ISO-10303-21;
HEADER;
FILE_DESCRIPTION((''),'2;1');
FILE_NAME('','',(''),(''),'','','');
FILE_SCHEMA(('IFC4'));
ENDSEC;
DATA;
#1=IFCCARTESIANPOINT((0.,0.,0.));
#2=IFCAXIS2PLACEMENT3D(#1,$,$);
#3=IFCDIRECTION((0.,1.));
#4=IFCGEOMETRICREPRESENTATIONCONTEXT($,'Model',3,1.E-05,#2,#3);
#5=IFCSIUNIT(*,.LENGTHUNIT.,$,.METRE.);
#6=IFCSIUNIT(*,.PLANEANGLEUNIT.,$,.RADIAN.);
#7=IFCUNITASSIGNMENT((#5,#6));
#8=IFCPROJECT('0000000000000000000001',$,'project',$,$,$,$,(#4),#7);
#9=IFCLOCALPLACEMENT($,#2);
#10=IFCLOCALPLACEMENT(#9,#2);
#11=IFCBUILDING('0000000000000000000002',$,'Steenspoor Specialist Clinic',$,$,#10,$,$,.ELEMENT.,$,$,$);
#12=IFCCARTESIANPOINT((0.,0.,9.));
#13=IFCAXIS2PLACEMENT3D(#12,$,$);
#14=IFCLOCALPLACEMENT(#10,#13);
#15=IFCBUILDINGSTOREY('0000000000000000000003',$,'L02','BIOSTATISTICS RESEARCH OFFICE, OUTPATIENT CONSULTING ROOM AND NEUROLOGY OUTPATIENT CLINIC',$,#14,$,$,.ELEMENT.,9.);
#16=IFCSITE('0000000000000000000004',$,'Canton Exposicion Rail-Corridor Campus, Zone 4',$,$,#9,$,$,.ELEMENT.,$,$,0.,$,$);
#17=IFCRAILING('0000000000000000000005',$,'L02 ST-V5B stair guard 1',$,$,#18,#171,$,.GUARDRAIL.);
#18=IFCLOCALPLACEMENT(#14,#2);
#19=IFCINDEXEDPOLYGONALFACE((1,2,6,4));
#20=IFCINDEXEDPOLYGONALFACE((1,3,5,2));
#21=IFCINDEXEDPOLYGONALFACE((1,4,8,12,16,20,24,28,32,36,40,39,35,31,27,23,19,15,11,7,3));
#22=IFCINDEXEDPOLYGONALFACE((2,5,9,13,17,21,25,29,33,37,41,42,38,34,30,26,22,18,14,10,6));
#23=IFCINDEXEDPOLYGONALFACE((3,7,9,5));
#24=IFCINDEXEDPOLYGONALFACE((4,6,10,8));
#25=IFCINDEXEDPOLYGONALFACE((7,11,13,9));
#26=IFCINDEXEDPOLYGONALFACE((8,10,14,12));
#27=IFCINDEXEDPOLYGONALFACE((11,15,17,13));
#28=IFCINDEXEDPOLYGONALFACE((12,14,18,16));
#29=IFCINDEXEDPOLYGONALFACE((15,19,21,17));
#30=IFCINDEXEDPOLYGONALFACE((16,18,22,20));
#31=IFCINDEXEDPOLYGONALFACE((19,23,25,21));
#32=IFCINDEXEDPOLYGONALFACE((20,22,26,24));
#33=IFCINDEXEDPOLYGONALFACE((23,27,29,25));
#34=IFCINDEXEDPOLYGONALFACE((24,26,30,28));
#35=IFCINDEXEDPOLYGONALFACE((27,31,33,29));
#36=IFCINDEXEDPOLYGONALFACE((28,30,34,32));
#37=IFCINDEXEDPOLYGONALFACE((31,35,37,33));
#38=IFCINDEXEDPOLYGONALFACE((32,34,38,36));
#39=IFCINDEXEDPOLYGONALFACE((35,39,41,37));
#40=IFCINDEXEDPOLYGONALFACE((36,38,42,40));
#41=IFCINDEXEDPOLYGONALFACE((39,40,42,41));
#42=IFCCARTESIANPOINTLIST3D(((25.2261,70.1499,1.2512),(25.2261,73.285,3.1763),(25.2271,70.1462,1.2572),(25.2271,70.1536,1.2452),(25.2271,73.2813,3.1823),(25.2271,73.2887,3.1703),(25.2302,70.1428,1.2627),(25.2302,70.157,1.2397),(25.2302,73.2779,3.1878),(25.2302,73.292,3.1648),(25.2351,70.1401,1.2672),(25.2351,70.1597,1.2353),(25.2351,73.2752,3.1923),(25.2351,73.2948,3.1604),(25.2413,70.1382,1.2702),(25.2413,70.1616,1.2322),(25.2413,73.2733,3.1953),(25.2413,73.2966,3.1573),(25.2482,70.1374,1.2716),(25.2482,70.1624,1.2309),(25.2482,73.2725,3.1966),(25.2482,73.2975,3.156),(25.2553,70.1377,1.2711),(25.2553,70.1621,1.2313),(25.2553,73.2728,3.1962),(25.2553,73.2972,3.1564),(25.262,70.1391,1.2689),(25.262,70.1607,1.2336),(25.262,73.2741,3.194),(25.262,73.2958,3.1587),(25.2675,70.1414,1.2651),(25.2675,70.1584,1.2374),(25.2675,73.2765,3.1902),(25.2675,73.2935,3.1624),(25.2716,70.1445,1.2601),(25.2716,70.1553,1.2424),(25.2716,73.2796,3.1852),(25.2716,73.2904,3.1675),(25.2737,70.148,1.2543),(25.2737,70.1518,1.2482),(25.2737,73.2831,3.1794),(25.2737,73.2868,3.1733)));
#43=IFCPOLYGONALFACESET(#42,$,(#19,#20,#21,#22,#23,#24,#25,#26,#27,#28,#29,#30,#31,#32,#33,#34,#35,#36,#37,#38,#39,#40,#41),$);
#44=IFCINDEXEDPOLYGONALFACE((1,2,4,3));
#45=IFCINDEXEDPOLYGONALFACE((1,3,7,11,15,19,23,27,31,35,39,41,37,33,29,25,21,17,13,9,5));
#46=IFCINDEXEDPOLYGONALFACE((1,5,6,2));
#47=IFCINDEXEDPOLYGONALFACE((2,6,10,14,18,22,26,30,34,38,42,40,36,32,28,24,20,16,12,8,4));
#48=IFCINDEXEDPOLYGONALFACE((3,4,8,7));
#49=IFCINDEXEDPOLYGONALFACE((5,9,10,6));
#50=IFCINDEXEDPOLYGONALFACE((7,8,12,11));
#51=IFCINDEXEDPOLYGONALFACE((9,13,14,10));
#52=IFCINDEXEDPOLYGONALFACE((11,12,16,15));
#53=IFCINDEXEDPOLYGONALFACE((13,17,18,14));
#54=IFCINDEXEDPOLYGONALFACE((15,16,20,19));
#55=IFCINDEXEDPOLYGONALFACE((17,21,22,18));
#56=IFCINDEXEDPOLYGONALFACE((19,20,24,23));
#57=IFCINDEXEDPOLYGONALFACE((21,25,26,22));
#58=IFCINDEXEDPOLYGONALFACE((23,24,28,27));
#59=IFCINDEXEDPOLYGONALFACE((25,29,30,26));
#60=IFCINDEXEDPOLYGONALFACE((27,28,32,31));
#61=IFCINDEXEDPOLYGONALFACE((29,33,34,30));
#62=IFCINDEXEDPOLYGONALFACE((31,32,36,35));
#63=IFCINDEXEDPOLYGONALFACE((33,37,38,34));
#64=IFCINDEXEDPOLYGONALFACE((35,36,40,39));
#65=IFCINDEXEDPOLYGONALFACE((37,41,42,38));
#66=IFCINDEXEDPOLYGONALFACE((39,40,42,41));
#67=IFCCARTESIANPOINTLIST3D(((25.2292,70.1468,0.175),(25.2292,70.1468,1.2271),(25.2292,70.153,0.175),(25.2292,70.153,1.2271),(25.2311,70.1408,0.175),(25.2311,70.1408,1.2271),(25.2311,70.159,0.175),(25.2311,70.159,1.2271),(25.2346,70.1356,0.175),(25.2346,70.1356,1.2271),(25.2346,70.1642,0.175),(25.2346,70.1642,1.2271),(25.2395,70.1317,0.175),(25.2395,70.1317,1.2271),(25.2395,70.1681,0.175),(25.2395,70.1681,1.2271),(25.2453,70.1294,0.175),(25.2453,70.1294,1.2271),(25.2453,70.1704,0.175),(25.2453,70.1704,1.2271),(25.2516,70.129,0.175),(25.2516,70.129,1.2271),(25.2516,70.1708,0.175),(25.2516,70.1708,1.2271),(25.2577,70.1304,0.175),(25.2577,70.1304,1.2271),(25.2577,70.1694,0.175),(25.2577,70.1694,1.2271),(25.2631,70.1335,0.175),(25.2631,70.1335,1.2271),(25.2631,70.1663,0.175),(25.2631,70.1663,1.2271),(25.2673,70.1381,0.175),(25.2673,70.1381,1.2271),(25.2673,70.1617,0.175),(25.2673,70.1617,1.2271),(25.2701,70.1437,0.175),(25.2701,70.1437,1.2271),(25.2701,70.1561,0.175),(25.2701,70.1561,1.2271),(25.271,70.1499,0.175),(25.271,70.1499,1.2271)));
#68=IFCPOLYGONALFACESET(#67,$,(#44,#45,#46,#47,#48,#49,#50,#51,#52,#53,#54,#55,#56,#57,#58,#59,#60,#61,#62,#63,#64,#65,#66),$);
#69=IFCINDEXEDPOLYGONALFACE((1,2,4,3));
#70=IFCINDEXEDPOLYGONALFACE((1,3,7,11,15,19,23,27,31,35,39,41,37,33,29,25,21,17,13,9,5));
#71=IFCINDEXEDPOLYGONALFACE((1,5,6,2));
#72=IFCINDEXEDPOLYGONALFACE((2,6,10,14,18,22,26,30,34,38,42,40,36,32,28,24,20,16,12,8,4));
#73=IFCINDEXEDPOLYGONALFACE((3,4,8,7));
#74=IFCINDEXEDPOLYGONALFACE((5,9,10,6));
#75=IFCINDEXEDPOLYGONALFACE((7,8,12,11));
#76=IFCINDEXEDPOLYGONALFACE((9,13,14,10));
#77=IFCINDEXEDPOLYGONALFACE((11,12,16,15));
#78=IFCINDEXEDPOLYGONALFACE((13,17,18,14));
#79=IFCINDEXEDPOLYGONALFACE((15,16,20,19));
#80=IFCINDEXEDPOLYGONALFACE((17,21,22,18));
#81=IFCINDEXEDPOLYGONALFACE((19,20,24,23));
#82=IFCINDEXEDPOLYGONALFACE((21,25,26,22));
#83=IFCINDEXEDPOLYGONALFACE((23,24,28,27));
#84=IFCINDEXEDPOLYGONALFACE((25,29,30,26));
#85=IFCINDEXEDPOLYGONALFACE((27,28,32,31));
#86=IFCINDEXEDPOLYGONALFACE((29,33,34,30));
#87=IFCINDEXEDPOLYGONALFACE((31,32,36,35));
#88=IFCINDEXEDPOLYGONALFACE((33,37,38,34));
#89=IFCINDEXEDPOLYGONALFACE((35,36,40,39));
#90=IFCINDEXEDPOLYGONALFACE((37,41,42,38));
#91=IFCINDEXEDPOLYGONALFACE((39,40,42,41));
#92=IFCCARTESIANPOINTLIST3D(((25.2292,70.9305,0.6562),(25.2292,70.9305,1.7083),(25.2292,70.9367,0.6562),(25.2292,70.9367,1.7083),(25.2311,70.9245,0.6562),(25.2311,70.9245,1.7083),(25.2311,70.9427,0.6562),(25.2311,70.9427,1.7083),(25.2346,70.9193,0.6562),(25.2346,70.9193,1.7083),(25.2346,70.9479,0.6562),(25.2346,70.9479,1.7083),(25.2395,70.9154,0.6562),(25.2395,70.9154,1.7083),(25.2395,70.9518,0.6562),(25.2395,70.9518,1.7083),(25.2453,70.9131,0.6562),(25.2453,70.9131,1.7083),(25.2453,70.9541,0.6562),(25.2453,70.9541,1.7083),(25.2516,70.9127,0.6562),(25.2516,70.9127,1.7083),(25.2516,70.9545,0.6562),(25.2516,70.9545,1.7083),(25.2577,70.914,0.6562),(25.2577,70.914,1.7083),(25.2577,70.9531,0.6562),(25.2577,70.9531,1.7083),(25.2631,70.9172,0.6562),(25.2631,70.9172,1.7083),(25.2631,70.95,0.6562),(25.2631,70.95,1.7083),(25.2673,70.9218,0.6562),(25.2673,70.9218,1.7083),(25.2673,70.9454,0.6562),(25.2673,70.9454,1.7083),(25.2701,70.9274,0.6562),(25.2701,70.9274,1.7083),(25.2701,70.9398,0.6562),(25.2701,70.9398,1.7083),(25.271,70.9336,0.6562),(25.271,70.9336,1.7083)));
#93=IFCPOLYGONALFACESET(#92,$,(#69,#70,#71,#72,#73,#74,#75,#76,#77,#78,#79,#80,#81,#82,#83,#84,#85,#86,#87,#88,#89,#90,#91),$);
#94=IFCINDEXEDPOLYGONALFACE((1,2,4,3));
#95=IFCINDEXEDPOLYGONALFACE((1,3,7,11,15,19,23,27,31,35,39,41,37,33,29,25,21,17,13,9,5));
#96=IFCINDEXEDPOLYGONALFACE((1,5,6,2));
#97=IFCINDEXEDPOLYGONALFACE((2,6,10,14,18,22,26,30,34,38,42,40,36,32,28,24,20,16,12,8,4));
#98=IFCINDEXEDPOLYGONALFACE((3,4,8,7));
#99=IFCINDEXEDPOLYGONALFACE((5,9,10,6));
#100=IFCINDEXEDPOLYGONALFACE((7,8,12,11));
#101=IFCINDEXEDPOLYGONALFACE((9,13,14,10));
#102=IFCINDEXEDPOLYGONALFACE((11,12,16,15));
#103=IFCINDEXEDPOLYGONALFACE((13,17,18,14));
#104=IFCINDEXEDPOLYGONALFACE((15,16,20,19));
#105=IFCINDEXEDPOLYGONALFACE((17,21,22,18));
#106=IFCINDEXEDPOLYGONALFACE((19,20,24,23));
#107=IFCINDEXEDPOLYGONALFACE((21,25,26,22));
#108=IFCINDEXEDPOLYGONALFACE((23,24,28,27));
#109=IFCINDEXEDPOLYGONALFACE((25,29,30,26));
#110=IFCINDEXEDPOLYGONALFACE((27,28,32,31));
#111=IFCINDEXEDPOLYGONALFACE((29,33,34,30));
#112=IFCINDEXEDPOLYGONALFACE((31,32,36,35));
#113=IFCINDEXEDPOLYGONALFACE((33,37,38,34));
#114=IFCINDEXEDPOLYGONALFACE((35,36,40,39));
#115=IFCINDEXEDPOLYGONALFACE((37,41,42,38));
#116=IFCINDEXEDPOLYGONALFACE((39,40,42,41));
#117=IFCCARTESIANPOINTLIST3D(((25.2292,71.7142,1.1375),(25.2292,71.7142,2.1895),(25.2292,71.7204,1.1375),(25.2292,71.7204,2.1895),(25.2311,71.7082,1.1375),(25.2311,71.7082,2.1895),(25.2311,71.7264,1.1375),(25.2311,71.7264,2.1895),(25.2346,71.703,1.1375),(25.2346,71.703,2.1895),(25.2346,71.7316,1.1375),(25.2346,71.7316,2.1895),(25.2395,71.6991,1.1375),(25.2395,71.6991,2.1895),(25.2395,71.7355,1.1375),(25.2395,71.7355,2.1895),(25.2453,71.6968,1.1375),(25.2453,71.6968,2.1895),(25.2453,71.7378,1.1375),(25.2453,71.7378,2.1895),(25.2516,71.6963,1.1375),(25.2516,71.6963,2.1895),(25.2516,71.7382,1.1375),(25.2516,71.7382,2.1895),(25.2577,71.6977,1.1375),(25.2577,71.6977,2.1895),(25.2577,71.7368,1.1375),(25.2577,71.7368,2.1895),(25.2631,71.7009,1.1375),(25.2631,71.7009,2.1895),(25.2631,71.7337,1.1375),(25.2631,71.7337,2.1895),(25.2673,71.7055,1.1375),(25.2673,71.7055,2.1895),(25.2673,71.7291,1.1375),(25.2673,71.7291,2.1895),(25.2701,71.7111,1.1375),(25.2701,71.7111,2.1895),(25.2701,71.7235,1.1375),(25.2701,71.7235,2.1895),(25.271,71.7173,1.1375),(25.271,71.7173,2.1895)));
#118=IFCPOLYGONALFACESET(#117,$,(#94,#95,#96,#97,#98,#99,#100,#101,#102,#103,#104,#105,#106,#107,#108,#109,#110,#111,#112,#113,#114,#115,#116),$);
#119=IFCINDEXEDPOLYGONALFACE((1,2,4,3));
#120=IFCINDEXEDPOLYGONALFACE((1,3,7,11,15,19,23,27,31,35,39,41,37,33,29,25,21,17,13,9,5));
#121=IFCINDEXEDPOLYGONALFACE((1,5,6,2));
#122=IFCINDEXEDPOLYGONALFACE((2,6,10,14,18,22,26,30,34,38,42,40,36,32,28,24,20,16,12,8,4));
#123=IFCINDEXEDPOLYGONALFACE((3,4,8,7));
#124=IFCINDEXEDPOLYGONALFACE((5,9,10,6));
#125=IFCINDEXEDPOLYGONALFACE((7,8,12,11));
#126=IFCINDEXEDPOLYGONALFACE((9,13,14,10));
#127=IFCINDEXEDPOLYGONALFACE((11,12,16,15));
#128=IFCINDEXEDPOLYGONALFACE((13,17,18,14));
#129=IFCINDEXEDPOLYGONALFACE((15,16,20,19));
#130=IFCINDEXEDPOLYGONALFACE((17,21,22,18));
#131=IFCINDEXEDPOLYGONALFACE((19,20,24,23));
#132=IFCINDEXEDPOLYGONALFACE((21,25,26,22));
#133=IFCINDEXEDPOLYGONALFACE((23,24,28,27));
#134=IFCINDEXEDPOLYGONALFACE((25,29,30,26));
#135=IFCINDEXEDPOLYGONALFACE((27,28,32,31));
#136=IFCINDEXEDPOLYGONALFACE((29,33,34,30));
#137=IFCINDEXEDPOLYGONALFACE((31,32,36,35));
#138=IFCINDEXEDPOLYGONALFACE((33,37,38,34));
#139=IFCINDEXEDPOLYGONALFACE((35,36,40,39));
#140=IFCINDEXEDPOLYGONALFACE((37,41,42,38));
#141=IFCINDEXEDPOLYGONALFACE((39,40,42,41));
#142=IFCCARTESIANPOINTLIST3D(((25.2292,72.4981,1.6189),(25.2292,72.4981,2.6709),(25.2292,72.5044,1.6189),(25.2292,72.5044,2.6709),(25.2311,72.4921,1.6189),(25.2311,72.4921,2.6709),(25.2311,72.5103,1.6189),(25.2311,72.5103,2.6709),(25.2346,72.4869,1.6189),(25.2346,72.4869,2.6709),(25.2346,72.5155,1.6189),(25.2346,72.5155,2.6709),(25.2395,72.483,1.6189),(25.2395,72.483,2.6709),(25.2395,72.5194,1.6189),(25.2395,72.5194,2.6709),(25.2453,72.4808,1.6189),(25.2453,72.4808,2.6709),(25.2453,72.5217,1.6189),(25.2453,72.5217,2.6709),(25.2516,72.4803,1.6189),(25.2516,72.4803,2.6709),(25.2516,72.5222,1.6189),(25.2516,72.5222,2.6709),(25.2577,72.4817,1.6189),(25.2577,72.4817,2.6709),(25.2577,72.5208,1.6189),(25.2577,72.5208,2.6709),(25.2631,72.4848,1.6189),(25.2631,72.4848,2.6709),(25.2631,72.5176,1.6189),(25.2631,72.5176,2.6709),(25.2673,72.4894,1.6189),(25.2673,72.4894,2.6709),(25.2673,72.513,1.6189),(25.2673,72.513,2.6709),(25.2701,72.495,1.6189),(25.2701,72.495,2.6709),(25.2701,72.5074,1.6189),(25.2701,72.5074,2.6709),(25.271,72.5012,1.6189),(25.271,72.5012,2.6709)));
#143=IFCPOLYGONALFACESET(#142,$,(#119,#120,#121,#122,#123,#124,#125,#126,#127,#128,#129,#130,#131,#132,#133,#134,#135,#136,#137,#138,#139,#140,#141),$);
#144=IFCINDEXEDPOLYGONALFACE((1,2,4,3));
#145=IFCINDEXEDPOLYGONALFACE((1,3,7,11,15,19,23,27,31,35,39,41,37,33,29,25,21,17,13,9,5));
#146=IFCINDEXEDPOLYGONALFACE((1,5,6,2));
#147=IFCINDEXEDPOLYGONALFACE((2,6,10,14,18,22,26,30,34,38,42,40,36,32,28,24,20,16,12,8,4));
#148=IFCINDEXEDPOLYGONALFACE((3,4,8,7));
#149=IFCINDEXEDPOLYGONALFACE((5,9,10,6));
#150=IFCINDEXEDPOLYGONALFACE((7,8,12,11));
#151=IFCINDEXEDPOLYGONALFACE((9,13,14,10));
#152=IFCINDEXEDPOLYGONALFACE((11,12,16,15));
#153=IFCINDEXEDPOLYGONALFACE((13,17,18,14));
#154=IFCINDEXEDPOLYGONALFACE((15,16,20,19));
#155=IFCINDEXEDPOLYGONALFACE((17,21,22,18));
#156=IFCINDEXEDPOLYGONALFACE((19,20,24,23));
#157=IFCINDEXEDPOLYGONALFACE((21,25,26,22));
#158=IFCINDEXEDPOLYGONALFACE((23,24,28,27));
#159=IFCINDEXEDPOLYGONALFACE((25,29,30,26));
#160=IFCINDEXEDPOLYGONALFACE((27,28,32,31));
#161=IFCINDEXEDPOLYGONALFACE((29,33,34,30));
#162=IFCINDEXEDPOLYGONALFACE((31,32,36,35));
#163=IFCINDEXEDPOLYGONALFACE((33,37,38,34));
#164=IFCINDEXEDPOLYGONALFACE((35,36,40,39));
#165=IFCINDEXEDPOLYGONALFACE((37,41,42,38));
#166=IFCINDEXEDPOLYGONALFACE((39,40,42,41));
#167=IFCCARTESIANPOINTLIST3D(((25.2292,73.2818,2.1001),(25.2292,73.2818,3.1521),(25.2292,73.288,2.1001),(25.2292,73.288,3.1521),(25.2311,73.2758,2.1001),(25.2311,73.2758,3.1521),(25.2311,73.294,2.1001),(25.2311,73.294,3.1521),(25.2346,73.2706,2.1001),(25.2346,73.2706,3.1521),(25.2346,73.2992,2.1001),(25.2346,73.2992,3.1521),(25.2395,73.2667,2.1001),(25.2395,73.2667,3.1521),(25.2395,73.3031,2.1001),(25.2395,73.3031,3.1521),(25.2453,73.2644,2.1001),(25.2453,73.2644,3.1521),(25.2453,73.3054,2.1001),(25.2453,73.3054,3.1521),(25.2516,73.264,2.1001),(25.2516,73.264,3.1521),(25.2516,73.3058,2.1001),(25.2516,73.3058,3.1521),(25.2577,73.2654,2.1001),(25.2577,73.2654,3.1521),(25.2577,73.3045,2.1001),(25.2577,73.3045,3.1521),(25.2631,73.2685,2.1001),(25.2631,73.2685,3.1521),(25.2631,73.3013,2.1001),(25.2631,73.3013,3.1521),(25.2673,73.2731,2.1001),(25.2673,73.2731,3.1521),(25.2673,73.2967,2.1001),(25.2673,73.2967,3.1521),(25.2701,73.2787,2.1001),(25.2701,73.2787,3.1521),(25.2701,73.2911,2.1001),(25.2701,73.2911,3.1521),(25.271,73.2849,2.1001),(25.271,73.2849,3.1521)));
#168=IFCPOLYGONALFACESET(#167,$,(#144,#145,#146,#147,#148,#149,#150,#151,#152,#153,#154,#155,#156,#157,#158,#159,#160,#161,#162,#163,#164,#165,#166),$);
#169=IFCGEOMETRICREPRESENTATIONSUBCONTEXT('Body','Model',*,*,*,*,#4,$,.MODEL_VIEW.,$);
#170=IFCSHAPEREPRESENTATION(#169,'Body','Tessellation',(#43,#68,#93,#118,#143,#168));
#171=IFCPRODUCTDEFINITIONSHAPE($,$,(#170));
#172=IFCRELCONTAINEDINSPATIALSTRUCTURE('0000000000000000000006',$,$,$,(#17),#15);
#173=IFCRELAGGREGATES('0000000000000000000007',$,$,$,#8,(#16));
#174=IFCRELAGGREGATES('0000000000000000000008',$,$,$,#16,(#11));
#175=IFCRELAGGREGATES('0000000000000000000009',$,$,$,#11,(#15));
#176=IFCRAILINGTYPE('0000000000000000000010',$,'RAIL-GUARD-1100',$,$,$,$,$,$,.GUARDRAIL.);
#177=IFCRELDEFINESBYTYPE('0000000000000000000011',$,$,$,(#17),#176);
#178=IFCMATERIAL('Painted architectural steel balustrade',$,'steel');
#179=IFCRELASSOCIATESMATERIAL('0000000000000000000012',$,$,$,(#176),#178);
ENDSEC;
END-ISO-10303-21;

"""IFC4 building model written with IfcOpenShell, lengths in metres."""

from ifc_helpers import new_model, si_unit, direction, frame, origin, origin_2d, place, context, subcontext, project, spatial, circle, extrude, material, type_object, element, save


model = new_model("IFC4")

# Units and contexts
model_context = context("Model", 3, precision=1e-05, world=origin(), true_north=direction((0.0, 1.0)))
body_context = subcontext(model_context, "Body", "Model", "MODEL_VIEW")
ifc_project = project(units=[si_unit("LENGTHUNIT", "METRE"), si_unit("PLANEANGLEUNIT", "RADIAN")], contexts=[model_context])

# Site, building, storey
site_placement = place(None, origin())
site = spatial("IfcSite", under=ifc_project, at=site_placement, Name="Canton Exposicion Rail-Corridor Campus, Zone 4", CompositionType="ELEMENT", RefElevation=0.0)
building_placement = place(site_placement, origin())
building = spatial("IfcBuilding", under=site, at=building_placement, Name="Steenspoor Specialist Clinic", CompositionType="ELEMENT")
storey_placement = place(building_placement, frame((0.0, 0.0, 9.0)))
storey = spatial("IfcBuildingStorey", under=building, at=storey_placement, Name="L02", Description="BIOSTATISTICS RESEARCH OFFICE, OUTPATIENT CONSULTING ROOM AND NEUROLOGY OUTPATIENT CLINIC", CompositionType="ELEMENT", Elevation=9.0)

# Railing
ifc_material_1 = material(Name="Painted architectural steel balustrade", Category="steel")
railing_type_1 = type_object("IfcRailingType", Name="RAIL-GUARD-1100", PredefinedType="GUARDRAIL", material=ifc_material_1)
railing_1_placement = place(storey_placement, frame((25.25, 70.1499, 0.175)))
element("IfcRailing", 1, at=railing_1_placement, inside=storey, type_object=railing_type_1, Name="L02 ST-V5B stair guard 1", PredefinedType="GUARDRAIL", context=body_context, shape_type="SweptSolid", body=[
    extrude(circle(Radius=0.0239, at=origin_2d()), frame((0.0, 0.0, 1.0762), z_axis=(0.0, 0.852166, 0.523271), x_axis=(-1.0, 0.0, 0.0)), (0.0, 0.0, 1.0), 3.679),
    extrude(circle(Radius=0.021, at=origin_2d()), origin(), (0.0, 0.0, 1.0), 1.052),
    extrude(circle(Radius=0.021, at=origin_2d()), frame((0.0, 0.7837, 0.4812)), (0.0, 0.0, 1.0), 1.052),
    extrude(circle(Radius=0.021, at=origin_2d()), frame((0.0, 1.5674, 0.9624)), (0.0, 0.0, 1.0), 1.052),
    extrude(circle(Radius=0.021, at=origin_2d()), frame((0.0, 2.3513, 1.4438)), (0.0, 0.0, 1.0), 1.052),
    extrude(circle(Radius=0.021, at=origin_2d()), frame((0.0, 3.135, 1.925)), (0.0, 0.0, 1.0), 1.052),
])

save(model, "model.ifc")
